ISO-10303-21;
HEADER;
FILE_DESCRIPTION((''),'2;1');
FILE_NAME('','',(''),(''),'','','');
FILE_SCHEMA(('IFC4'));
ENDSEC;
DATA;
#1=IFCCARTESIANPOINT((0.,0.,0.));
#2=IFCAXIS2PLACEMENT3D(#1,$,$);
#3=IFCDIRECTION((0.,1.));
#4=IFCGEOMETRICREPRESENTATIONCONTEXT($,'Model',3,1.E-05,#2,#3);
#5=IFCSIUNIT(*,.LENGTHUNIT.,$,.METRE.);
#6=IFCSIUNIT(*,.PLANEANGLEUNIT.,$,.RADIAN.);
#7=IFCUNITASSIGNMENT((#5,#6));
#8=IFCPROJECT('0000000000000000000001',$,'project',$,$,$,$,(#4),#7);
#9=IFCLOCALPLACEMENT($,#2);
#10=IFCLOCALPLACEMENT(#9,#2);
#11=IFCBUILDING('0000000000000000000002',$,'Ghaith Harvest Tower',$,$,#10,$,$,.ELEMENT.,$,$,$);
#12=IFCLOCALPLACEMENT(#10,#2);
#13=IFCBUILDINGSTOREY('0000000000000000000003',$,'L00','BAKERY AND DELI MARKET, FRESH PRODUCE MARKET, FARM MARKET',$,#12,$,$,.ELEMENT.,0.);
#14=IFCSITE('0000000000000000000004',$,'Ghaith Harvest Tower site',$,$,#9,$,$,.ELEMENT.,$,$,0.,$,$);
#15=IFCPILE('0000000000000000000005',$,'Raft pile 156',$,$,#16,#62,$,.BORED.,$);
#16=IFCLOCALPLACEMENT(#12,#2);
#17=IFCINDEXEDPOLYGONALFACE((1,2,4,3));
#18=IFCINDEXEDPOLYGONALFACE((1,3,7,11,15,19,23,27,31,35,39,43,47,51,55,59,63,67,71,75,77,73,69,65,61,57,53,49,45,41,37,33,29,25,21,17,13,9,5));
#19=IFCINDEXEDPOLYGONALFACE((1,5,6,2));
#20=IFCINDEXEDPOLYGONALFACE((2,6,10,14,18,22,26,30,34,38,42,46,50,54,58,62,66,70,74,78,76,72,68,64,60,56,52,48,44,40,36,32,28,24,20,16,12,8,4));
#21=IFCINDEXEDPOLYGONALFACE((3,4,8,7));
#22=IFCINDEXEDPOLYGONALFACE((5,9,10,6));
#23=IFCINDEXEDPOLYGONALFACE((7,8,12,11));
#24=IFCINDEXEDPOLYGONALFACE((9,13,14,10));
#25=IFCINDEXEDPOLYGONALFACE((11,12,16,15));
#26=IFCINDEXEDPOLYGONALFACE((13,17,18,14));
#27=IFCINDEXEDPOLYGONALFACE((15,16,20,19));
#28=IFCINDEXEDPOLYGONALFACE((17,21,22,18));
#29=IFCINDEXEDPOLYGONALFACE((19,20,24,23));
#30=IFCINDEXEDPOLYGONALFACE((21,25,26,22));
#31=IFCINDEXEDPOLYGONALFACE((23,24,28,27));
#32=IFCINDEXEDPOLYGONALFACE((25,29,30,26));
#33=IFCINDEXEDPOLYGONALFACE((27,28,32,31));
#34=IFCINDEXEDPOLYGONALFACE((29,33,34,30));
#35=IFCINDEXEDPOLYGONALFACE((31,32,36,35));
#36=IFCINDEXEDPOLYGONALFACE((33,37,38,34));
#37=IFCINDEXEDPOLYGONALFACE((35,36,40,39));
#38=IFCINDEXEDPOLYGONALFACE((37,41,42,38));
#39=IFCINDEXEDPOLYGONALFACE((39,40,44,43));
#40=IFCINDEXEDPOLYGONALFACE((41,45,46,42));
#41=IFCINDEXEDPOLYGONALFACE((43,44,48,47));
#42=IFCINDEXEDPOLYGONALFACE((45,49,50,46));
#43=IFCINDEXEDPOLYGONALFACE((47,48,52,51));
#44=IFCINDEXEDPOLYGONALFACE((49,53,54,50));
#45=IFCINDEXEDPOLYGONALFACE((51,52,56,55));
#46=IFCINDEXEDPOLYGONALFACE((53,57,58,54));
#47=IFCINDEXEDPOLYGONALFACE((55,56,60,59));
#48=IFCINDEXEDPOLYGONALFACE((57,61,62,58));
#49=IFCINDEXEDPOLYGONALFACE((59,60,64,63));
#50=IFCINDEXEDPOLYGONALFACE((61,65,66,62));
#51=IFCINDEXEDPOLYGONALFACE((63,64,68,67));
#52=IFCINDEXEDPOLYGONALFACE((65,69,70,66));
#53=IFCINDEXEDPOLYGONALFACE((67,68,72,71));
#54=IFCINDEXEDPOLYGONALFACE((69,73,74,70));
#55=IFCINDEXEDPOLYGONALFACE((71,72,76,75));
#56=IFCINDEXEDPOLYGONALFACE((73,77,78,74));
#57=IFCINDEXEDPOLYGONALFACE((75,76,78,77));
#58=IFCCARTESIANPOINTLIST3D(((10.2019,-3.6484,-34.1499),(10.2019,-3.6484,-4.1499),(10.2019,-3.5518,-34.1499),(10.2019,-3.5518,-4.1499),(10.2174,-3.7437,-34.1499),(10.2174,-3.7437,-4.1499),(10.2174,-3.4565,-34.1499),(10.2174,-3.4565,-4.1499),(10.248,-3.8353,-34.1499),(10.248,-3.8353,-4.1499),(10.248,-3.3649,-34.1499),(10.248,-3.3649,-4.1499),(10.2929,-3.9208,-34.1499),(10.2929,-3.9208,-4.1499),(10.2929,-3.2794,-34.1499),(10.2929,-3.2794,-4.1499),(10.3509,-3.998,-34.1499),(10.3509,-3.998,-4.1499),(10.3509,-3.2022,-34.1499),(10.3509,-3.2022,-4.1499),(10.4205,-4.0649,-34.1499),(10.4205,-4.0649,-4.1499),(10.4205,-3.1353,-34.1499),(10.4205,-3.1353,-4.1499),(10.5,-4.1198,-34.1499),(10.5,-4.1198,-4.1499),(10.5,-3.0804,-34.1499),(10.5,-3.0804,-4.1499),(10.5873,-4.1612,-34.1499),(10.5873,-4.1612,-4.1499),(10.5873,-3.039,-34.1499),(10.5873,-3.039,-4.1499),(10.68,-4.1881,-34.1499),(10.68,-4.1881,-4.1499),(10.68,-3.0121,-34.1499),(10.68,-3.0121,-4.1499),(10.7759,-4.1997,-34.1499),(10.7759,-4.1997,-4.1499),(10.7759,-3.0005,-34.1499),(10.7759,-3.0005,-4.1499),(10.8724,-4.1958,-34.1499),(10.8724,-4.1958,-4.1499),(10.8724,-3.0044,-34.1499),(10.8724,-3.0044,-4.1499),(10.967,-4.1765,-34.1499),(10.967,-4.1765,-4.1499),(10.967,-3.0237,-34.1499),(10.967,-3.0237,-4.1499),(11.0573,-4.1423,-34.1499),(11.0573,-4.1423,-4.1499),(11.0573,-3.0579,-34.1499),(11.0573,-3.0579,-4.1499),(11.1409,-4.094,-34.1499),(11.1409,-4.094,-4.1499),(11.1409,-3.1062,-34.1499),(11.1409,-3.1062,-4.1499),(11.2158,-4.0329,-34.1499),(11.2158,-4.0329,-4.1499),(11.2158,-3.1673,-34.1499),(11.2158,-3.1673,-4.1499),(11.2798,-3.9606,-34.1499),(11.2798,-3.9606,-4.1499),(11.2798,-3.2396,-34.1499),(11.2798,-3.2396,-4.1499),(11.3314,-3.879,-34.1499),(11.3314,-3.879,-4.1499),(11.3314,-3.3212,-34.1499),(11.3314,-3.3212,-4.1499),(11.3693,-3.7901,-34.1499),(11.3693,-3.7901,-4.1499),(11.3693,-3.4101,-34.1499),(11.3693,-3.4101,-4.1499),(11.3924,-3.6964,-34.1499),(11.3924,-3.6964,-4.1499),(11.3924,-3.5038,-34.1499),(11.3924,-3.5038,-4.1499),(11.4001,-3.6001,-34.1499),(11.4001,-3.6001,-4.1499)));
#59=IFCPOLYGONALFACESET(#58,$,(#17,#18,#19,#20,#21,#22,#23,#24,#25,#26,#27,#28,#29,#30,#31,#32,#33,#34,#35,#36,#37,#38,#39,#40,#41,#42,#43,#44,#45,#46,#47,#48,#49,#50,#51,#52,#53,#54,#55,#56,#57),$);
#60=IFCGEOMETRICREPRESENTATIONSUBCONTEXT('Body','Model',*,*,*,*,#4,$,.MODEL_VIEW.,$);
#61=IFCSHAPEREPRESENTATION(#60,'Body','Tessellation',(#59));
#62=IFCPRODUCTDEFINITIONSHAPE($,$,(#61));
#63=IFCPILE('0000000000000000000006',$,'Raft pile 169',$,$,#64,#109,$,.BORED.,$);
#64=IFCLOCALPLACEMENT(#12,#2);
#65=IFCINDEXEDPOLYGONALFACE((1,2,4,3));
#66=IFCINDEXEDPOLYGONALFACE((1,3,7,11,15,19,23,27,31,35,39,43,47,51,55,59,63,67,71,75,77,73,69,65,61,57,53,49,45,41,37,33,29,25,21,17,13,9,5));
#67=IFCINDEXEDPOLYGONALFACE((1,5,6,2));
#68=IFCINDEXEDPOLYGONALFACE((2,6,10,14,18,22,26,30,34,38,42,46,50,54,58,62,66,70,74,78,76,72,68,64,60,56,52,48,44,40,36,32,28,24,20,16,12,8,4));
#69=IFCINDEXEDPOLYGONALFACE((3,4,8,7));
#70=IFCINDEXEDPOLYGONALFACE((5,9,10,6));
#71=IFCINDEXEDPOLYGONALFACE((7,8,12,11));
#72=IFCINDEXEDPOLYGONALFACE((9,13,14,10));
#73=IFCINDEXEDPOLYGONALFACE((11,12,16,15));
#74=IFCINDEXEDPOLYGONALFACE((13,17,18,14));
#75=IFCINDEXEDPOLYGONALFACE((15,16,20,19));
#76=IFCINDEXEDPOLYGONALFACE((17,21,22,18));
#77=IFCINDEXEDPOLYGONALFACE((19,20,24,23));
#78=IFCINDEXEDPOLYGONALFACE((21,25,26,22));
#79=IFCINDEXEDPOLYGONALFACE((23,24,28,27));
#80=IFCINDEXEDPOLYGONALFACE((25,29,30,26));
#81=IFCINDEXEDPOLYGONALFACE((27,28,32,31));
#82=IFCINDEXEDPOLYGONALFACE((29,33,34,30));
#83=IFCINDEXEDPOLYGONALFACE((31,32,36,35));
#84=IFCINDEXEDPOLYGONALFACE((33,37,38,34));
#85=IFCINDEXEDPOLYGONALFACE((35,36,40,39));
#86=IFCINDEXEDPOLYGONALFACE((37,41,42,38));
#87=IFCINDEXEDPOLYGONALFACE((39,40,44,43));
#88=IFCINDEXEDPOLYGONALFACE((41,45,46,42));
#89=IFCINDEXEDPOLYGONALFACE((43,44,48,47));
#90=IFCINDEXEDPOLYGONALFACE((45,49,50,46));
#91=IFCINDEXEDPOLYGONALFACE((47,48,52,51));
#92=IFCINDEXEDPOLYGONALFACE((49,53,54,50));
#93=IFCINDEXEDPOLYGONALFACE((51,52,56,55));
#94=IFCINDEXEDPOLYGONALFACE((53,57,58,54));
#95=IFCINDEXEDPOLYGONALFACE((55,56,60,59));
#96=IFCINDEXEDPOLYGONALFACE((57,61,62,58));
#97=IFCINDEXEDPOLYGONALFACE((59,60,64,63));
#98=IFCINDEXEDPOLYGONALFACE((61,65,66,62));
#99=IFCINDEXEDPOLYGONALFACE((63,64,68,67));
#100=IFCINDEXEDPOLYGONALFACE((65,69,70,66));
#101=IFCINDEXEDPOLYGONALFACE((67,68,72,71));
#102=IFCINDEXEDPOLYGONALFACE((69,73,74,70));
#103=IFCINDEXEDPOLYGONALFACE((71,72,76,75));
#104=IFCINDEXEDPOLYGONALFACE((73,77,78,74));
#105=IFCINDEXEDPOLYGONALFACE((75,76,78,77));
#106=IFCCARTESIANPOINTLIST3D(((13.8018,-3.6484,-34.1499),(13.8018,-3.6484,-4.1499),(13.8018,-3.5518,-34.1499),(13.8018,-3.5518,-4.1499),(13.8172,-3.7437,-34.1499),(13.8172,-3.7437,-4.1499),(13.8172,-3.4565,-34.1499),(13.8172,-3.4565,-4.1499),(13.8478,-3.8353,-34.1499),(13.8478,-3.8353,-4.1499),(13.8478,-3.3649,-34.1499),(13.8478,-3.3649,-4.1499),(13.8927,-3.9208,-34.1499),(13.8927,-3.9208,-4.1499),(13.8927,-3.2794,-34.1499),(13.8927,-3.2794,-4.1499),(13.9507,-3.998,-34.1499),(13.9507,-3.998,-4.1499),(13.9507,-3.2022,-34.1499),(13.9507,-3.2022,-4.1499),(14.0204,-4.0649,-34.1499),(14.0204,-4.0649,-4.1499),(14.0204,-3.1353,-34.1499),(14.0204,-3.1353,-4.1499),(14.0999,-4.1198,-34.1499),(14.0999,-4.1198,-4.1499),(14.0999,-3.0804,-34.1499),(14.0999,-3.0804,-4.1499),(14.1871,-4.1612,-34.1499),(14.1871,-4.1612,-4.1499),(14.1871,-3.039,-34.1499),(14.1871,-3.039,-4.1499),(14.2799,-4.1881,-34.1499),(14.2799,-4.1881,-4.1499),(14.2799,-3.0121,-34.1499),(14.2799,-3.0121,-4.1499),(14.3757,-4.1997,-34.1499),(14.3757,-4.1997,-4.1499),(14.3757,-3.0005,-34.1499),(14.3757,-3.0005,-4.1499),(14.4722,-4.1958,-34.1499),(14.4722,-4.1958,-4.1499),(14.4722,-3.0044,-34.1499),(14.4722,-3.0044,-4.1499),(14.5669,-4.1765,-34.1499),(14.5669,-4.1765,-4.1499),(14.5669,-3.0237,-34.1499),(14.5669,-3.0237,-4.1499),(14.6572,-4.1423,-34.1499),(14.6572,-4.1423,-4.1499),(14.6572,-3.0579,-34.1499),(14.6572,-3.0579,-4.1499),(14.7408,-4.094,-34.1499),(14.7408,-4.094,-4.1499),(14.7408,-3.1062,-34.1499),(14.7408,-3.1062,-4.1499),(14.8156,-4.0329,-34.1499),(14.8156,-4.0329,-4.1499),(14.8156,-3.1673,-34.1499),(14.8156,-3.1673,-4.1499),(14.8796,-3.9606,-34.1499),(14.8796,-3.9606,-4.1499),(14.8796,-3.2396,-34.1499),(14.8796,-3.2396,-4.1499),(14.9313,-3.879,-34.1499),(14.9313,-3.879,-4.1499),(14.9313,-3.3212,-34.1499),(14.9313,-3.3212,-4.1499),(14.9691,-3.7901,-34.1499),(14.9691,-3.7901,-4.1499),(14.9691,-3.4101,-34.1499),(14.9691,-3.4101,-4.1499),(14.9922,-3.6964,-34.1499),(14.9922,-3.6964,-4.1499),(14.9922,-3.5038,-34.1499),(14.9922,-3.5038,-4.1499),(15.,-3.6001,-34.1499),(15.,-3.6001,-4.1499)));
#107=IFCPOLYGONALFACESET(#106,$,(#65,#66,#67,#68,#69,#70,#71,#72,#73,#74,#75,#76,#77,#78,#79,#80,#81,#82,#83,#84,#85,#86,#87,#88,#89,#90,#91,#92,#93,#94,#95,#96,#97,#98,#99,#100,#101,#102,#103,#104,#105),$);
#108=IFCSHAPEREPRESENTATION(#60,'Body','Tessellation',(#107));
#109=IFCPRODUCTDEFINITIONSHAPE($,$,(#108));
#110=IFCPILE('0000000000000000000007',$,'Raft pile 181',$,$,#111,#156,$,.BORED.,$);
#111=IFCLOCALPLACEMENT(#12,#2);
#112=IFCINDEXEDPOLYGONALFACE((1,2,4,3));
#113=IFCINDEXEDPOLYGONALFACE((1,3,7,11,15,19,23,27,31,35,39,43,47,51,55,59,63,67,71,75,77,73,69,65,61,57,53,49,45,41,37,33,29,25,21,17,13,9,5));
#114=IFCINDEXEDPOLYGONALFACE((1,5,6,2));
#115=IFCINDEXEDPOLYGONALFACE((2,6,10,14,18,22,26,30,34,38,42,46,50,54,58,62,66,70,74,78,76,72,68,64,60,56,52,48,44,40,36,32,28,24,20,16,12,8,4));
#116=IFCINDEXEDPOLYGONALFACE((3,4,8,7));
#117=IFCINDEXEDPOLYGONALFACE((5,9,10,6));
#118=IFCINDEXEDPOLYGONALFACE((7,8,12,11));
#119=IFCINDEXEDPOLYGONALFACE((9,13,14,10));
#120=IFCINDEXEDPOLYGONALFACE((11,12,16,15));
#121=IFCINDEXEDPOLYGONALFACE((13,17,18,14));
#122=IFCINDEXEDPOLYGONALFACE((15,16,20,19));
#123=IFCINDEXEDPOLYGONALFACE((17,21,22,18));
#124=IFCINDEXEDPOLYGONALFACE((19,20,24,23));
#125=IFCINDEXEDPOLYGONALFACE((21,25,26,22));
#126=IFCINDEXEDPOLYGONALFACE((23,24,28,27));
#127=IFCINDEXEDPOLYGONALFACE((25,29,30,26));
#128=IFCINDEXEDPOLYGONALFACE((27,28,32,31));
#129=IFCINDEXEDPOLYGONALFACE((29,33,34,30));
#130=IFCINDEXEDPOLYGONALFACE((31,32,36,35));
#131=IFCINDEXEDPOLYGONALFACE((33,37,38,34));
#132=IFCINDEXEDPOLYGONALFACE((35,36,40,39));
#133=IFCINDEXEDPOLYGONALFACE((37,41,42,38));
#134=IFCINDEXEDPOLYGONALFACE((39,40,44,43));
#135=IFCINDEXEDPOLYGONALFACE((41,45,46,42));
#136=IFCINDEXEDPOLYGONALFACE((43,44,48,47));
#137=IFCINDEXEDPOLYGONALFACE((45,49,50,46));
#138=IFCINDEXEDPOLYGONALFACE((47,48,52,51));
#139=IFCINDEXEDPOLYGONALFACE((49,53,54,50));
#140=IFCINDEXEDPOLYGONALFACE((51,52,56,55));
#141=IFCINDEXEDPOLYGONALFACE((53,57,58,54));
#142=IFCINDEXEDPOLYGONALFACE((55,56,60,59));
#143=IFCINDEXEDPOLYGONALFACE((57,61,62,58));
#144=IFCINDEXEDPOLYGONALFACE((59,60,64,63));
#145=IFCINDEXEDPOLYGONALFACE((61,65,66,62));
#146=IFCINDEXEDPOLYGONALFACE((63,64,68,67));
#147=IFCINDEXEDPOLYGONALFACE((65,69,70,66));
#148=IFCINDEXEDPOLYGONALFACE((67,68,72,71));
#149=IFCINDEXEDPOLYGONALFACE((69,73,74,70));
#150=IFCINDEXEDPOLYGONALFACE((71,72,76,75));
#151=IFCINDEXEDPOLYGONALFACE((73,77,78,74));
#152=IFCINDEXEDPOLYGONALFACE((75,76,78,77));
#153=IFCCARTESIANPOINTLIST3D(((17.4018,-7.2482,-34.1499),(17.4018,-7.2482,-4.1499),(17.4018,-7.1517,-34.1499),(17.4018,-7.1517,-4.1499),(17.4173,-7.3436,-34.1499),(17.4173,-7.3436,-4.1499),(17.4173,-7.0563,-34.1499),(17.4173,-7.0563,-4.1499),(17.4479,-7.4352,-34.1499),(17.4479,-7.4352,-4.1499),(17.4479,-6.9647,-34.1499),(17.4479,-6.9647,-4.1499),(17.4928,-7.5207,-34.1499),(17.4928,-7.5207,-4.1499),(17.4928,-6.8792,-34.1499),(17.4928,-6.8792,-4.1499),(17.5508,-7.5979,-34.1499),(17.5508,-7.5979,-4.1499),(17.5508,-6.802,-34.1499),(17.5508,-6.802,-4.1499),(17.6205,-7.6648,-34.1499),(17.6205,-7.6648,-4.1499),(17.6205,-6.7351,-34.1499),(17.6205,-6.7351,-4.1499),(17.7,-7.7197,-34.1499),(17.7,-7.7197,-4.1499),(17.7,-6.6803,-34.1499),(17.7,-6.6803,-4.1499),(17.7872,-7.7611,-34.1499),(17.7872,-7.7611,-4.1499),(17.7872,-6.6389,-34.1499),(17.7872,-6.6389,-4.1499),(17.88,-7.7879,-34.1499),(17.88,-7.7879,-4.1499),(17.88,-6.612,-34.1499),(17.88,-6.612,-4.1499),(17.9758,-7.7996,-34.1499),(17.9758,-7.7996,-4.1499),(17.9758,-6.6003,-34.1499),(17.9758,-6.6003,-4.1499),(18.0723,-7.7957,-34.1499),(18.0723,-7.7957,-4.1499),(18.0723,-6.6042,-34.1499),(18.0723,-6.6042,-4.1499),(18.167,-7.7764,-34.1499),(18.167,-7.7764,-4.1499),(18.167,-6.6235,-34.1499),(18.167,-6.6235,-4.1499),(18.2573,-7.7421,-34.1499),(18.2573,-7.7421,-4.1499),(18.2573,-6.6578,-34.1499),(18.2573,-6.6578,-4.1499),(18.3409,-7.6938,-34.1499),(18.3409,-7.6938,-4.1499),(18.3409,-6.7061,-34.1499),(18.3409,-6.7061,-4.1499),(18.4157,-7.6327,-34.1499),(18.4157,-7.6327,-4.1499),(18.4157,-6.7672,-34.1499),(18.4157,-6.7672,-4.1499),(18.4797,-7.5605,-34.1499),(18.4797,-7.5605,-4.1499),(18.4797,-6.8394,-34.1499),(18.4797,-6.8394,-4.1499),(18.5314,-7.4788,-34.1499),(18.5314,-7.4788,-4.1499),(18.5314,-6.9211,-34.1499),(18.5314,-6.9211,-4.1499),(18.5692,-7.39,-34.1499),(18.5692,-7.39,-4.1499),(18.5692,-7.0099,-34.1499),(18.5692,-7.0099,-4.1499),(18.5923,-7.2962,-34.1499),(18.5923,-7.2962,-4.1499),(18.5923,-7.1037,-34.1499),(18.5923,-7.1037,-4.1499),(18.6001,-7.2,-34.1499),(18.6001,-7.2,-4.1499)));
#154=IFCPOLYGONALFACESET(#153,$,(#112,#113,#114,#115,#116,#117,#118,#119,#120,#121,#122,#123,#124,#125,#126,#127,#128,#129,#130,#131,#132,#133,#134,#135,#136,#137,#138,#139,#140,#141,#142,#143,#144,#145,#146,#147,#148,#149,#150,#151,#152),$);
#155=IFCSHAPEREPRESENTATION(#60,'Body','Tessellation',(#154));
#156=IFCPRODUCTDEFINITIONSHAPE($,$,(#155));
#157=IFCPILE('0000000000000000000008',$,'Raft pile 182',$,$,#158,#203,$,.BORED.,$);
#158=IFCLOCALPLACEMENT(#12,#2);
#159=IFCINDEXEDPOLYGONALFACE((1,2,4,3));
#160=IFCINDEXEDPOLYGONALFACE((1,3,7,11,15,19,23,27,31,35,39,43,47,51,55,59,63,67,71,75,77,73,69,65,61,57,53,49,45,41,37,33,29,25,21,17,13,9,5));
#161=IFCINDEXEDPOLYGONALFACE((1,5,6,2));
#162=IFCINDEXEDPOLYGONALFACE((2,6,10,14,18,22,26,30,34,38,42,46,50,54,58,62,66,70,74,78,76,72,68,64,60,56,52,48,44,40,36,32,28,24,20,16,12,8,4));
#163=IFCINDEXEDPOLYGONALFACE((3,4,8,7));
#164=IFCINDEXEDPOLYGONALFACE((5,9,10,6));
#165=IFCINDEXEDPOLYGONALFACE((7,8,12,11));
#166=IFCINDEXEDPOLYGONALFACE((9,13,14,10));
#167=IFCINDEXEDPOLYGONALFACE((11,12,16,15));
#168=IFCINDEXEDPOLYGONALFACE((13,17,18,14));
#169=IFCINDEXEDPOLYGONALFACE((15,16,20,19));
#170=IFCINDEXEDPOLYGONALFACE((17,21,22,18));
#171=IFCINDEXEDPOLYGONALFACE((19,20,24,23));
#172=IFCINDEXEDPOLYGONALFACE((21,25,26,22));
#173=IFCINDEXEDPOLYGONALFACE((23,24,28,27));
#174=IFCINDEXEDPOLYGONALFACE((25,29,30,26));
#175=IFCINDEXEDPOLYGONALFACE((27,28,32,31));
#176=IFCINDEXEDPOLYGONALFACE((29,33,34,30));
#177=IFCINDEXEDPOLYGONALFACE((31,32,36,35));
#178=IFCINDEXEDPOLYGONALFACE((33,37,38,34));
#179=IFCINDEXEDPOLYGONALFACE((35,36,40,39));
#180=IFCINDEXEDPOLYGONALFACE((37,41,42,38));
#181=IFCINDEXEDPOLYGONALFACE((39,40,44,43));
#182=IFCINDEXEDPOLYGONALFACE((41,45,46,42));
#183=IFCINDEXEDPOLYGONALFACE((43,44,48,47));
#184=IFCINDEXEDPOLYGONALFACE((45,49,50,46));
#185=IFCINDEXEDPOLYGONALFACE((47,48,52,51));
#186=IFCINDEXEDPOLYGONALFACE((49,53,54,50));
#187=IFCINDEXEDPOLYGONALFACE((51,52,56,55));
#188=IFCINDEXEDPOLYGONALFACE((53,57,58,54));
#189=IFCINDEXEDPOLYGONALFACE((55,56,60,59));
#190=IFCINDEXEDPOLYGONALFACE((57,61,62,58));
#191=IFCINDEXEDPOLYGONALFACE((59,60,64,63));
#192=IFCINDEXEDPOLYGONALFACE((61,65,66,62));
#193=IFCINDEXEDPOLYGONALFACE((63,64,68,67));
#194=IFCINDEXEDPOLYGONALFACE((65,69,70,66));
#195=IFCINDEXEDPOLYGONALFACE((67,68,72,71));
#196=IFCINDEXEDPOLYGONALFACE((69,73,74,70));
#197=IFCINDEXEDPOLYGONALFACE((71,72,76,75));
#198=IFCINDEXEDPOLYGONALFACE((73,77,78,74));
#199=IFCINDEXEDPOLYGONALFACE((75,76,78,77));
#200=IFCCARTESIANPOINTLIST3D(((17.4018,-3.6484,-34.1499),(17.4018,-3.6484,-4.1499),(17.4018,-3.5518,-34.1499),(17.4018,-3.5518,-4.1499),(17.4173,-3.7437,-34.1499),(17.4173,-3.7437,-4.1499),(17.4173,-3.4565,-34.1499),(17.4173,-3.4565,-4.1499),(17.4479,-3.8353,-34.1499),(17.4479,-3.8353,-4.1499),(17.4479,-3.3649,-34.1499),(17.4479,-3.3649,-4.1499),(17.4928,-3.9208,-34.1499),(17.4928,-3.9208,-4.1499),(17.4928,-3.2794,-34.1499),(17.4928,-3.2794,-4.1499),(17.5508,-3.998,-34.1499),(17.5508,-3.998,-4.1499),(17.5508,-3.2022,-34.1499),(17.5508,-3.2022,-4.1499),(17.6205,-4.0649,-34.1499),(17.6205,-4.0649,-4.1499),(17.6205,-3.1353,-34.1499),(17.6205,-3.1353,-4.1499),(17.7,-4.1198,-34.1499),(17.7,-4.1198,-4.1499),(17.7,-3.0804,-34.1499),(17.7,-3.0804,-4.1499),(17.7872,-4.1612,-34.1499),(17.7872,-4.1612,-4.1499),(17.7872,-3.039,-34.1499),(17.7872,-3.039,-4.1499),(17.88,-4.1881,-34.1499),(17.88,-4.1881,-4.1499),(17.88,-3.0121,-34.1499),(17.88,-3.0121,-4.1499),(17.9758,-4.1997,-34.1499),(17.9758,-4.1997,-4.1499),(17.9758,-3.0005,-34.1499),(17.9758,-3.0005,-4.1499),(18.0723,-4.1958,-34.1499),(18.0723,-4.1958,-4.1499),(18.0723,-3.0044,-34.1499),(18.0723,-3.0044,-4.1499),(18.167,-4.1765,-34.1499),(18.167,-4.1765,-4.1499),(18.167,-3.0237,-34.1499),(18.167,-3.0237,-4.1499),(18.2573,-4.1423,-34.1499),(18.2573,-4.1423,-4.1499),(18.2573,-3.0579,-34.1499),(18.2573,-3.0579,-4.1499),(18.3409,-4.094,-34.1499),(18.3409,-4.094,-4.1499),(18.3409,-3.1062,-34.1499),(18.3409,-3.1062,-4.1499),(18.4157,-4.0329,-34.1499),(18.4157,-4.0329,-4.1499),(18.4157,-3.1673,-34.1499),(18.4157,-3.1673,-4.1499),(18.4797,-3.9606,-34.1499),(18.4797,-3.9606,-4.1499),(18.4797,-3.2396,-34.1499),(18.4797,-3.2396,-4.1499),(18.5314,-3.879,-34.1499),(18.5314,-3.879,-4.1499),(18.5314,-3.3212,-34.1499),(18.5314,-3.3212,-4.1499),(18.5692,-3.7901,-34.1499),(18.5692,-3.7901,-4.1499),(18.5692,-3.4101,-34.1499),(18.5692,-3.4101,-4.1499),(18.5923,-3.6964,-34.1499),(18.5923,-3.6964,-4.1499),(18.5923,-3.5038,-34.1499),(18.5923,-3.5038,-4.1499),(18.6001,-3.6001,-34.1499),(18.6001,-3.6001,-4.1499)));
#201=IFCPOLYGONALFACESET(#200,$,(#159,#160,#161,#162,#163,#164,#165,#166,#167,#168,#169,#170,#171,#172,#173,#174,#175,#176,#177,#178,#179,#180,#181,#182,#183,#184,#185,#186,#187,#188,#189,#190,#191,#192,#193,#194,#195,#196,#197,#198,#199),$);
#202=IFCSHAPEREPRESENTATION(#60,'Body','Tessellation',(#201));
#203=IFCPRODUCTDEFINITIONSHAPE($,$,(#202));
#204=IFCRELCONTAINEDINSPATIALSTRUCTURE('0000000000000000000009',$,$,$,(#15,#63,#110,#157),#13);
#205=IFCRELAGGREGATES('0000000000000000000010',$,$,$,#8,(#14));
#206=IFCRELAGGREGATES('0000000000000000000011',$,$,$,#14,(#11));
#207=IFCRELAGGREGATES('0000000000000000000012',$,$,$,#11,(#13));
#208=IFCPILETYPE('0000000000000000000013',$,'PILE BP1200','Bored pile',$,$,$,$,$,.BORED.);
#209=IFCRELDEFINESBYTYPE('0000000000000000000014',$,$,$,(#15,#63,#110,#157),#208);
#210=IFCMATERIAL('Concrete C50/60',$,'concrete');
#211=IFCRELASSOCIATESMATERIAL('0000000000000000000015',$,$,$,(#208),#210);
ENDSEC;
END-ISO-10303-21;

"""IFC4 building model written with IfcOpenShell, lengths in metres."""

from ifc_helpers import new_model, si_unit, direction, frame, origin, origin_2d, place, context, subcontext, project, spatial, circle, extrude, material, material_profile, profile_set, type_object, element, save


model = new_model("IFC4")

# Units and contexts
model_context = context("Model", 3, precision=1e-05, world=origin(), true_north=direction((0.0, 1.0)))
body_context = subcontext(model_context, "Body", "Model", "MODEL_VIEW")
ifc_project = project(units=[si_unit("LENGTHUNIT", "METRE"), si_unit("PLANEANGLEUNIT", "RADIAN")], contexts=[model_context])

# Site, building, storey
site_placement = place(None, origin())
site = spatial("IfcSite", under=ifc_project, at=site_placement, Name="Ghaith Harvest Tower site", CompositionType="ELEMENT", RefElevation=0.0)
building_placement = place(site_placement, origin())
building = spatial("IfcBuilding", under=site, at=building_placement, Name="Ghaith Harvest Tower", CompositionType="ELEMENT")
storey_placement = place(building_placement, origin())
storey = spatial("IfcBuildingStorey", under=building, at=storey_placement, Name="L00", Description="BAKERY AND DELI MARKET, FRESH PRODUCE MARKET, FARM MARKET", CompositionType="ELEMENT", Elevation=0.0)

# Piles
ifc_material_1 = material(Name="Concrete C50/60", Category="concrete")
ifc_material_profile = material_profile(ifc_material_1, circle(Radius=0.6001, at=origin_2d()), Name="PILE1200")
ifc_profile_set = profile_set([ifc_material_profile], Name="Concrete C50/60")
pile_type = type_object("IfcPileType", Name="PILE BP1200", Description="Bored pile", PredefinedType="BORED", material=ifc_profile_set)
for number, where, z_axis, x_axis, name in (
    (1, (10.8, -3.6001, -4.1499), (0.0, 0.0, -1.0), (1.0, 0.0, 0.0), "Raft pile 156"),
    (2, (14.3999, -3.6001, -4.1499), (0.0, 0.0, -1.0), (1.0, 0.0, 0.0), "Raft pile 169"),
    (3, (18.0, -7.2, -4.1499), (0.0, 0.0, -1.0), (1.0, 0.0, 0.0), "Raft pile 181"),
    (4, (18.0, -3.6001, -4.1499), (0.0, 0.0, -1.0), (1.0, 0.0, 0.0), "Raft pile 182"),
):
    element("IfcPile", number, at=place(storey_placement, frame(where, z_axis=z_axis, x_axis=x_axis)), inside=storey, type_object=pile_type, Name=name, PredefinedType="BORED", context=body_context, shape_type="SweptSolid", body=[
        extrude(circle(Radius=0.6001, at=origin_2d()), origin(), (0.0, 0.0, 1.0), 30.0),
    ])

save(model, "model.ifc")
